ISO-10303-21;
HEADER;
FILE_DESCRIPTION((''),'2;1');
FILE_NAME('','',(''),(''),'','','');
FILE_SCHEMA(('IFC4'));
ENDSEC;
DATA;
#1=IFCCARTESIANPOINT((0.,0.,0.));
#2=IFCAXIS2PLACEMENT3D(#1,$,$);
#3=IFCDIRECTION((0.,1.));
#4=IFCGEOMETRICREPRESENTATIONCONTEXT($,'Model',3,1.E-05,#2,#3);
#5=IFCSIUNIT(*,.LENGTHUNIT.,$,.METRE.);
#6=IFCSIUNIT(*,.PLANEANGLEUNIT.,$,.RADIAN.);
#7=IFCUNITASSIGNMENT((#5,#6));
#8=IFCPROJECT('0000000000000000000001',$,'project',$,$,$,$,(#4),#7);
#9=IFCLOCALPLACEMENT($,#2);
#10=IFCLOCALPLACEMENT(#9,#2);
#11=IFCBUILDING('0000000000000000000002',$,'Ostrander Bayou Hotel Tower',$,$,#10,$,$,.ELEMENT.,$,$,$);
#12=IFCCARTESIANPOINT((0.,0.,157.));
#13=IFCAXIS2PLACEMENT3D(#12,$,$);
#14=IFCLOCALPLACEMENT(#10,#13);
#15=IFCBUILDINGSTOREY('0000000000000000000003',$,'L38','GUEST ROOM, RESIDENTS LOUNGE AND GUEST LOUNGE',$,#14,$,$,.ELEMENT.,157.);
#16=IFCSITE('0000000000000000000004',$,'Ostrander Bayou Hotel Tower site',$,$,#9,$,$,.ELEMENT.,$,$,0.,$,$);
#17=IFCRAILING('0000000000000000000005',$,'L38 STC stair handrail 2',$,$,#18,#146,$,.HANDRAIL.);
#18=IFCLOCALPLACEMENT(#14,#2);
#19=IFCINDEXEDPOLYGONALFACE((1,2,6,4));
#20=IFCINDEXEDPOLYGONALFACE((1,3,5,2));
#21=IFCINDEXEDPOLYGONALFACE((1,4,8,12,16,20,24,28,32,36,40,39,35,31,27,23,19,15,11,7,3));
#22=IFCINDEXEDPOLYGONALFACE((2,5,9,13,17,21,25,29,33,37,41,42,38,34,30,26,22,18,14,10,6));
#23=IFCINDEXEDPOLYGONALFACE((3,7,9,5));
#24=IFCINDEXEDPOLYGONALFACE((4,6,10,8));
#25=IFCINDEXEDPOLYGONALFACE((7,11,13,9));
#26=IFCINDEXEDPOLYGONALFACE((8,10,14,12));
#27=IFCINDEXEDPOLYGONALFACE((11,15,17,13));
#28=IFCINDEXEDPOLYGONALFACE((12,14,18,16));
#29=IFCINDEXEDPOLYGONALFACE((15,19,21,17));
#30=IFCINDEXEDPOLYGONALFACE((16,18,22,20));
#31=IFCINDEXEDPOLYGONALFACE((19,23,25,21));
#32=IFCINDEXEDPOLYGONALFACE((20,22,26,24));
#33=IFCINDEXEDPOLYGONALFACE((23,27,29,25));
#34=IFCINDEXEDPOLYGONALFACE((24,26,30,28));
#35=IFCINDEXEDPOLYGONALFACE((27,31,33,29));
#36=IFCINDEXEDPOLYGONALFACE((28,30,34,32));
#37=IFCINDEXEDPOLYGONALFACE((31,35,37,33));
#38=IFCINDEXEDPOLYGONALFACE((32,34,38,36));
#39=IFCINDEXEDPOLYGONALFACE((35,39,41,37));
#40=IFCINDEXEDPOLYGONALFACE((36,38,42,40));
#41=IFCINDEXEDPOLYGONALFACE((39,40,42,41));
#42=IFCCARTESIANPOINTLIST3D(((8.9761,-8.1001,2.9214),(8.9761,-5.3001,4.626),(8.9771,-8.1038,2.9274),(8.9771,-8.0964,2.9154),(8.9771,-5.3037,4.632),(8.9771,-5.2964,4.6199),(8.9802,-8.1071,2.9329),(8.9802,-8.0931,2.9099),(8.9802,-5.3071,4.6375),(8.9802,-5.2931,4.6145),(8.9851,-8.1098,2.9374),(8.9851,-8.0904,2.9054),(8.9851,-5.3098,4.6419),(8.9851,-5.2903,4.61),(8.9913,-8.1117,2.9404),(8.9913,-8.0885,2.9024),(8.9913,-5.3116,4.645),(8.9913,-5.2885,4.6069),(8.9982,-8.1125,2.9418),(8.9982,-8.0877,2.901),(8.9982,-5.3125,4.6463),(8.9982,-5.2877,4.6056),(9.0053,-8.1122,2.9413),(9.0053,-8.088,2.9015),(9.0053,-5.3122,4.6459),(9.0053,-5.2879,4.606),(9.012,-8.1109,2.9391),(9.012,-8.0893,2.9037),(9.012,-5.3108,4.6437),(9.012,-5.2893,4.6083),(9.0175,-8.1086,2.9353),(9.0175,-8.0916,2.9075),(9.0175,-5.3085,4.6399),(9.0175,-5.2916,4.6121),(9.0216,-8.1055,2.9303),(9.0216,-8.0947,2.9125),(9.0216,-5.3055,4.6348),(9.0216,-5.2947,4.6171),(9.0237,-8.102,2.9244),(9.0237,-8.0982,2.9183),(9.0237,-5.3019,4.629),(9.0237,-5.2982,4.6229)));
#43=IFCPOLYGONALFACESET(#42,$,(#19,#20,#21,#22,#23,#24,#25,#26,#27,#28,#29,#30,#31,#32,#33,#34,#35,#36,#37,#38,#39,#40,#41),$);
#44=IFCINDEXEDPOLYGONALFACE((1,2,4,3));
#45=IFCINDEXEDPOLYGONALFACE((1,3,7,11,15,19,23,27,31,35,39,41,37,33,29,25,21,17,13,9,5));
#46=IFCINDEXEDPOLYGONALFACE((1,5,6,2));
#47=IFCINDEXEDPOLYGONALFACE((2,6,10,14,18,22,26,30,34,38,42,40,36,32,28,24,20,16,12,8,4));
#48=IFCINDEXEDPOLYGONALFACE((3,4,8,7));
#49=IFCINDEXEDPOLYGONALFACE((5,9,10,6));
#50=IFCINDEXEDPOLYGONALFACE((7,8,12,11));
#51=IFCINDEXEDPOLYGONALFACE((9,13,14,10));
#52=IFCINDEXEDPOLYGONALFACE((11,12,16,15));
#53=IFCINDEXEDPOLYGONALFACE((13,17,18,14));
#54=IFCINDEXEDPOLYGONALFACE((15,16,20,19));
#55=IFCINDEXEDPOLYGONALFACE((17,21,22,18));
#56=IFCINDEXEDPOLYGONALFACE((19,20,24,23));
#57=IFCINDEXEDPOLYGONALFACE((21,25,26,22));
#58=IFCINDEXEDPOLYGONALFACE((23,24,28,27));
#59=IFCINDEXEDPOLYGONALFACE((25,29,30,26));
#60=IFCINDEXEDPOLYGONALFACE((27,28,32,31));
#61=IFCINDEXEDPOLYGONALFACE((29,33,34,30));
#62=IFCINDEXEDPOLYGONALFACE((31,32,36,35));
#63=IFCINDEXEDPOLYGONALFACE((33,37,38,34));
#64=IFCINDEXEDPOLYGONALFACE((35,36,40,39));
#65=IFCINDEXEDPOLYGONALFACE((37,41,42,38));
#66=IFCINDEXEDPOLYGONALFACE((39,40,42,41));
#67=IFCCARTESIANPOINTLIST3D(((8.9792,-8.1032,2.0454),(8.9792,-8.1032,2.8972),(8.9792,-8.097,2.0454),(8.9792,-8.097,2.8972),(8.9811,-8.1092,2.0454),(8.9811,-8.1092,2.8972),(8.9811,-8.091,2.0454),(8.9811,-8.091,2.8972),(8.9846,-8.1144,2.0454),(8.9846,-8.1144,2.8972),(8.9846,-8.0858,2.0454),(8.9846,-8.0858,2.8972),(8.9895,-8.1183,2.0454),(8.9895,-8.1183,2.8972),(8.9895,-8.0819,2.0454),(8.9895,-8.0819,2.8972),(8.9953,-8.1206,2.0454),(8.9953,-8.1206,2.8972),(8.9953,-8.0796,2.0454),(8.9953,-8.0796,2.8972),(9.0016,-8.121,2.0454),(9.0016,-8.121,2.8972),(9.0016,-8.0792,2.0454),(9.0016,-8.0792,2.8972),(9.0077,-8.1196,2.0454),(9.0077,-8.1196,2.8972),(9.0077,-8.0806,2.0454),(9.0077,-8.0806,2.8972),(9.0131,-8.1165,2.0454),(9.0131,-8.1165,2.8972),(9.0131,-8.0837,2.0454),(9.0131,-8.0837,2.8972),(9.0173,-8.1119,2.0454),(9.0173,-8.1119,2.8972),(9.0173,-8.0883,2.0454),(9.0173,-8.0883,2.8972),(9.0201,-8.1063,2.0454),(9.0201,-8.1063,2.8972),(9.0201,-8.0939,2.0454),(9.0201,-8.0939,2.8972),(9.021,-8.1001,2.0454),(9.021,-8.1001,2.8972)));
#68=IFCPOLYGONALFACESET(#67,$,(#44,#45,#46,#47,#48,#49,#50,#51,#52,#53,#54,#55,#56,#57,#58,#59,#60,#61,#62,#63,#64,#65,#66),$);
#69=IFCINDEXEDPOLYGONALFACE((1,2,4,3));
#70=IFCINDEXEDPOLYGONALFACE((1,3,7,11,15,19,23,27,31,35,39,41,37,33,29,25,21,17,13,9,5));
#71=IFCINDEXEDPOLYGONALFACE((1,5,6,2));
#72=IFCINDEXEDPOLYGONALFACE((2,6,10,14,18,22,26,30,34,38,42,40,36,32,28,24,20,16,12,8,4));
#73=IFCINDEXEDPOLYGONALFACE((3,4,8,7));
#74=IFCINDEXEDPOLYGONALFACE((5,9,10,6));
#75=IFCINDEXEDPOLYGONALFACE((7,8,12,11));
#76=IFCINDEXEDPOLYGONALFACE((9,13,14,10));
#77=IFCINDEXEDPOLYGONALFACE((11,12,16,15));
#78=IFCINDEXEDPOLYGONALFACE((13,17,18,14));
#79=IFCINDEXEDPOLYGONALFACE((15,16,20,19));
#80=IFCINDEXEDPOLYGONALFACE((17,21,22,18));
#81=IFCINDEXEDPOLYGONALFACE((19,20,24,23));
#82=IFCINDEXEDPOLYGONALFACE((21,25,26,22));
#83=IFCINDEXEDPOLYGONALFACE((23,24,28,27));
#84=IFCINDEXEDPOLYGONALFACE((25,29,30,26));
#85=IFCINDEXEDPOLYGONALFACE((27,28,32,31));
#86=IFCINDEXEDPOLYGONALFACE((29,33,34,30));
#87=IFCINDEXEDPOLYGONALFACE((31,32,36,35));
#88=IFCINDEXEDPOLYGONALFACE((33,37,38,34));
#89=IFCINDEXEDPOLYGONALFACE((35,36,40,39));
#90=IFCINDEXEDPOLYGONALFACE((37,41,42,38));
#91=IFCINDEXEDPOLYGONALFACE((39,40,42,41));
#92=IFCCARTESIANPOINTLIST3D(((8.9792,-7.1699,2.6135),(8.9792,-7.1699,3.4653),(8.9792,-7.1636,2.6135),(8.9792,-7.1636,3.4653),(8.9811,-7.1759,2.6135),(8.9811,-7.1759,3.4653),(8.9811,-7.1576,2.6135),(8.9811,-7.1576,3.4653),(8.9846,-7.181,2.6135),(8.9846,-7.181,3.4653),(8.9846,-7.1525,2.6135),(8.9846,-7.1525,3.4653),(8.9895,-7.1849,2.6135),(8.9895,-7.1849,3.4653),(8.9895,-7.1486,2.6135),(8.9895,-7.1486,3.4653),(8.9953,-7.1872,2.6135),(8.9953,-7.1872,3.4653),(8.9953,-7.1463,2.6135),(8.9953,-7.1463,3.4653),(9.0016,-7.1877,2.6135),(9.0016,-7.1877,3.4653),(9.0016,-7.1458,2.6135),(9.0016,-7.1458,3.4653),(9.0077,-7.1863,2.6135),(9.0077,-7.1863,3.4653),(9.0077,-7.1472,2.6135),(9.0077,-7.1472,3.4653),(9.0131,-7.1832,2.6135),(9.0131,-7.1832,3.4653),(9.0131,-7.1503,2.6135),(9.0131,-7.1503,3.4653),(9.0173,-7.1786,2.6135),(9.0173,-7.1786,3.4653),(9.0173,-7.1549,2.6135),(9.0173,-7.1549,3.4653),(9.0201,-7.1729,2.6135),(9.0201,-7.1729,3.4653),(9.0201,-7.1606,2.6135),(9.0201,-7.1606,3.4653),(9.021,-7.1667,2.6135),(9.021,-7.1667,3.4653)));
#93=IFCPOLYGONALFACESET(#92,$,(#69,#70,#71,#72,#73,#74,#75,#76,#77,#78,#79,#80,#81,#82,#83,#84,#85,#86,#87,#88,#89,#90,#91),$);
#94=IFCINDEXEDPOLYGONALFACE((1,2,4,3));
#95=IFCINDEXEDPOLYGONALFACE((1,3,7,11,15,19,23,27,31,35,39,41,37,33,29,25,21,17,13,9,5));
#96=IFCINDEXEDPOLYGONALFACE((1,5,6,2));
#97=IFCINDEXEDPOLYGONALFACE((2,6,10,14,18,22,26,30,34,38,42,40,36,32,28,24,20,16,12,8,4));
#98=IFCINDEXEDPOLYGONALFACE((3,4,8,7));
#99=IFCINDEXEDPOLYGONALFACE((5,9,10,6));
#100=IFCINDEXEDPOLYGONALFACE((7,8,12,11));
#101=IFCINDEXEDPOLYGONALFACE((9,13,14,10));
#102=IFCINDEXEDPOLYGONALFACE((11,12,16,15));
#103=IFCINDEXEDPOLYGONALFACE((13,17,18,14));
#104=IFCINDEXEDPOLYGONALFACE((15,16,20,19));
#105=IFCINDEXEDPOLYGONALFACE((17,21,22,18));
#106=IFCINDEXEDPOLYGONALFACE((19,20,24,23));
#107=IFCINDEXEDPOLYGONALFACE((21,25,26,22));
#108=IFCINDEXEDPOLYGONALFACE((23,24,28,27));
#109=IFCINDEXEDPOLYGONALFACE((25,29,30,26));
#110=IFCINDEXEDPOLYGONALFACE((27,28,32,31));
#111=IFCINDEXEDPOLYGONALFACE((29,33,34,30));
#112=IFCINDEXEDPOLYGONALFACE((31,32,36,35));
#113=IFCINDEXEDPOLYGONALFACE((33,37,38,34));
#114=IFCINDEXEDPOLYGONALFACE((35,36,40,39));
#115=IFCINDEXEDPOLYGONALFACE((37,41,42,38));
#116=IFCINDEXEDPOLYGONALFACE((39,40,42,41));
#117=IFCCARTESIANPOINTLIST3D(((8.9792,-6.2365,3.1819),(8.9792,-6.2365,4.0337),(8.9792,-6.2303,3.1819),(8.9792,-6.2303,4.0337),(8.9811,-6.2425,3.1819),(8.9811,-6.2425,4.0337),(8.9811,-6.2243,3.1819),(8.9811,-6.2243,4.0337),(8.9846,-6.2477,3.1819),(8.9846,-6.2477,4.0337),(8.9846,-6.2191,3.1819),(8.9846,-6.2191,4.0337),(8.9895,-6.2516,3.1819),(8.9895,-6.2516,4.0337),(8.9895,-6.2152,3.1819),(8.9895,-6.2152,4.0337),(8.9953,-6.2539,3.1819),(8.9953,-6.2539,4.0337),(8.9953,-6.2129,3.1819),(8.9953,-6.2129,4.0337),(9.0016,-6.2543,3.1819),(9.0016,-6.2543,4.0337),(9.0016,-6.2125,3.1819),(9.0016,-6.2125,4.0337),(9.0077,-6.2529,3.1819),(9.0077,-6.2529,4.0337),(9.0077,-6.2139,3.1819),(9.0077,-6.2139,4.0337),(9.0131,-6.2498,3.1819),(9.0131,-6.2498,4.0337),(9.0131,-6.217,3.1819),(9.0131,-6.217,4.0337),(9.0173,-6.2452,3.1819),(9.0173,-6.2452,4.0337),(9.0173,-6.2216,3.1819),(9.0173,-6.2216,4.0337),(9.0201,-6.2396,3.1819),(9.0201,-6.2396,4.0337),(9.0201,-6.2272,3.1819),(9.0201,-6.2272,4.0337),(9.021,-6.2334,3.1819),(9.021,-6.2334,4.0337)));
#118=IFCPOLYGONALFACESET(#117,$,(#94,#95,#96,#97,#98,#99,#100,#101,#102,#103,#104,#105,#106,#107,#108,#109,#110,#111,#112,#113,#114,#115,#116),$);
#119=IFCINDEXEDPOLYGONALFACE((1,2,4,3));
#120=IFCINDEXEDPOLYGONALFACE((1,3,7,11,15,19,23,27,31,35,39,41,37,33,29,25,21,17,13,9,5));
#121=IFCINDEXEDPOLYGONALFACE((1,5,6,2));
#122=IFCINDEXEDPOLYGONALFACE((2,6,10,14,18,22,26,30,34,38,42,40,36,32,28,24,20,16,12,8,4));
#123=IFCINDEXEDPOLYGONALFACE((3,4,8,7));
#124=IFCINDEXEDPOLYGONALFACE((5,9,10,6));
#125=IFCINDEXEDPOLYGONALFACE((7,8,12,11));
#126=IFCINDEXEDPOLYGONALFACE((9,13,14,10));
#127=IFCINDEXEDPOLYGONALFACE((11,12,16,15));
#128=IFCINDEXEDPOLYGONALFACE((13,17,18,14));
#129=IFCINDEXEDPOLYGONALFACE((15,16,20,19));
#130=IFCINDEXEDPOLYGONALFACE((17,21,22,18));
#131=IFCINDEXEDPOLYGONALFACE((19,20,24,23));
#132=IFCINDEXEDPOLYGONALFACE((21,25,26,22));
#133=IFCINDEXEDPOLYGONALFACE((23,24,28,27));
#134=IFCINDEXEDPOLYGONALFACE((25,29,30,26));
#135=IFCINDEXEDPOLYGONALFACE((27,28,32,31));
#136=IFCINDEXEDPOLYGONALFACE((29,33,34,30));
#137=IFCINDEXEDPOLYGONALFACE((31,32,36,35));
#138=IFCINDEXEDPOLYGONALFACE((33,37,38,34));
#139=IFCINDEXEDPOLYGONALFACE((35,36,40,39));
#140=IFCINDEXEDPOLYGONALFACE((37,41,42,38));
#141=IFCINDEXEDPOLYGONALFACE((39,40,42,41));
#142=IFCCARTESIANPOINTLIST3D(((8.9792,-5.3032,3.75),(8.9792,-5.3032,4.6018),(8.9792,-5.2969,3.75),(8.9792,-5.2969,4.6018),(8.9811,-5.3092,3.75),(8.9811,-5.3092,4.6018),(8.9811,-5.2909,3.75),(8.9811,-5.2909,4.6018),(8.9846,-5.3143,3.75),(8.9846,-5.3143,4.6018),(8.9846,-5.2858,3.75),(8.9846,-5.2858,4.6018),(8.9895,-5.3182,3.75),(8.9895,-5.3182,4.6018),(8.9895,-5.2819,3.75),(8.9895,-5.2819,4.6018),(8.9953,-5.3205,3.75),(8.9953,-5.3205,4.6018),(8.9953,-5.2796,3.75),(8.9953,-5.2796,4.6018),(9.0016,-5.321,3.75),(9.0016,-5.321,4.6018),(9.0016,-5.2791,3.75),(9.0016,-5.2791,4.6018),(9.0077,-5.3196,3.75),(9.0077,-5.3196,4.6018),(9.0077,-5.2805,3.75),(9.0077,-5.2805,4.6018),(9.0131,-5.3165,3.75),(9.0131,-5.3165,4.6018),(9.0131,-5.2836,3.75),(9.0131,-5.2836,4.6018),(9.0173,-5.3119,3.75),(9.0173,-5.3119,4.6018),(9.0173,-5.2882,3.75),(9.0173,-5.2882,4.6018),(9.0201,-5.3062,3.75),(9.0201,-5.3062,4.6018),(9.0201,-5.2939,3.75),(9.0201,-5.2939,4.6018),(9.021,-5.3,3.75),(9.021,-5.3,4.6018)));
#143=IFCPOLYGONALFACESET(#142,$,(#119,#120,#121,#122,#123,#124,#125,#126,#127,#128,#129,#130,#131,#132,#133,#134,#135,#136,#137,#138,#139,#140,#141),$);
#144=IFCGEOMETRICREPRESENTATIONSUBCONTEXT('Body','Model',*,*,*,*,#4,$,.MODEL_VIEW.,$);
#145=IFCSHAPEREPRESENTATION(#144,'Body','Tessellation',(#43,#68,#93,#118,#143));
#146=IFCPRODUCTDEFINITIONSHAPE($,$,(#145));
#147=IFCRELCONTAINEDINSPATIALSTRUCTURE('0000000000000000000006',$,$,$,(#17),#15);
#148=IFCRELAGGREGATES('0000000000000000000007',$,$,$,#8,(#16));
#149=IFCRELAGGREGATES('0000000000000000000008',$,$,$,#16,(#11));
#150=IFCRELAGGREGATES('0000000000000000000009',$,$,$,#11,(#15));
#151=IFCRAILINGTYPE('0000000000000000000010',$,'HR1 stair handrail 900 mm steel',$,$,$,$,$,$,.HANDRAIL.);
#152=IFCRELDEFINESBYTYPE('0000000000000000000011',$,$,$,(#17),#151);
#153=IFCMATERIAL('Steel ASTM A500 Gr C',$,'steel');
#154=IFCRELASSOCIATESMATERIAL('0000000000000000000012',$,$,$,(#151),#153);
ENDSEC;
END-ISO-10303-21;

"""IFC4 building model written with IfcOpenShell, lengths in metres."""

from ifc_helpers import new_model, si_unit, direction, frame, origin, origin_2d, place, context, subcontext, project, spatial, circle, extrude, material, type_object, element, save


model = new_model("IFC4")

# Units and contexts
model_context = context("Model", 3, precision=1e-05, world=origin(), true_north=direction((0.0, 1.0)))
body_context = subcontext(model_context, "Body", "Model", "MODEL_VIEW")
ifc_project = project(units=[si_unit("LENGTHUNIT", "METRE"), si_unit("PLANEANGLEUNIT", "RADIAN")], contexts=[model_context])

# Site, building, storey
site_placement = place(None, origin())
site = spatial("IfcSite", under=ifc_project, at=site_placement, Name="Ostrander Bayou Hotel Tower site", CompositionType="ELEMENT", RefElevation=0.0)
building_placement = place(site_placement, origin())
building = spatial("IfcBuilding", under=site, at=building_placement, Name="Ostrander Bayou Hotel Tower", CompositionType="ELEMENT")
storey_placement = place(building_placement, frame((0.0, 0.0, 157.0)))
storey = spatial("IfcBuildingStorey", under=building, at=storey_placement, Name="L38", Description="GUEST ROOM, RESIDENTS LOUNGE AND GUEST LOUNGE", CompositionType="ELEMENT", Elevation=157.0)

# Railing
ifc_material_1 = material(Name="Steel ASTM A500 Gr C", Category="steel")
railing_type_1 = type_object("IfcRailingType", Name="HR1 stair handrail 900 mm steel", PredefinedType="HANDRAIL", material=ifc_material_1)
railing_1_placement = place(storey_placement, frame((9.0, -8.1001, 2.0454)))
element("IfcRailing", 1, at=railing_1_placement, inside=storey, type_object=railing_type_1, Name="L38 STC stair handrail 2", PredefinedType="HANDRAIL", context=body_context, shape_type="SweptSolid", body=[
    extrude(circle(Radius=0.0239, at=origin_2d()), frame((0.0, 0.0, 0.876), z_axis=(0.0, 0.85417, 0.519994), x_axis=(-1.0, 0.0, 0.0)), (0.0, 0.0, 1.0), 3.2781),
    extrude(circle(Radius=0.021, at=origin_2d()), origin(), (0.0, 0.0, 1.0), 0.8518),
    extrude(circle(Radius=0.021, at=origin_2d()), frame((0.0, 0.9333, 0.5681)), (0.0, 0.0, 1.0), 0.8518),
    extrude(circle(Radius=0.021, at=origin_2d()), frame((0.0, 1.8667, 1.1365)), (0.0, 0.0, 1.0), 0.8518),
    extrude(circle(Radius=0.021, at=origin_2d()), frame((0.0, 2.8, 1.7046)), (0.0, 0.0, 1.0), 0.8518),
])

save(model, "model.ifc")
